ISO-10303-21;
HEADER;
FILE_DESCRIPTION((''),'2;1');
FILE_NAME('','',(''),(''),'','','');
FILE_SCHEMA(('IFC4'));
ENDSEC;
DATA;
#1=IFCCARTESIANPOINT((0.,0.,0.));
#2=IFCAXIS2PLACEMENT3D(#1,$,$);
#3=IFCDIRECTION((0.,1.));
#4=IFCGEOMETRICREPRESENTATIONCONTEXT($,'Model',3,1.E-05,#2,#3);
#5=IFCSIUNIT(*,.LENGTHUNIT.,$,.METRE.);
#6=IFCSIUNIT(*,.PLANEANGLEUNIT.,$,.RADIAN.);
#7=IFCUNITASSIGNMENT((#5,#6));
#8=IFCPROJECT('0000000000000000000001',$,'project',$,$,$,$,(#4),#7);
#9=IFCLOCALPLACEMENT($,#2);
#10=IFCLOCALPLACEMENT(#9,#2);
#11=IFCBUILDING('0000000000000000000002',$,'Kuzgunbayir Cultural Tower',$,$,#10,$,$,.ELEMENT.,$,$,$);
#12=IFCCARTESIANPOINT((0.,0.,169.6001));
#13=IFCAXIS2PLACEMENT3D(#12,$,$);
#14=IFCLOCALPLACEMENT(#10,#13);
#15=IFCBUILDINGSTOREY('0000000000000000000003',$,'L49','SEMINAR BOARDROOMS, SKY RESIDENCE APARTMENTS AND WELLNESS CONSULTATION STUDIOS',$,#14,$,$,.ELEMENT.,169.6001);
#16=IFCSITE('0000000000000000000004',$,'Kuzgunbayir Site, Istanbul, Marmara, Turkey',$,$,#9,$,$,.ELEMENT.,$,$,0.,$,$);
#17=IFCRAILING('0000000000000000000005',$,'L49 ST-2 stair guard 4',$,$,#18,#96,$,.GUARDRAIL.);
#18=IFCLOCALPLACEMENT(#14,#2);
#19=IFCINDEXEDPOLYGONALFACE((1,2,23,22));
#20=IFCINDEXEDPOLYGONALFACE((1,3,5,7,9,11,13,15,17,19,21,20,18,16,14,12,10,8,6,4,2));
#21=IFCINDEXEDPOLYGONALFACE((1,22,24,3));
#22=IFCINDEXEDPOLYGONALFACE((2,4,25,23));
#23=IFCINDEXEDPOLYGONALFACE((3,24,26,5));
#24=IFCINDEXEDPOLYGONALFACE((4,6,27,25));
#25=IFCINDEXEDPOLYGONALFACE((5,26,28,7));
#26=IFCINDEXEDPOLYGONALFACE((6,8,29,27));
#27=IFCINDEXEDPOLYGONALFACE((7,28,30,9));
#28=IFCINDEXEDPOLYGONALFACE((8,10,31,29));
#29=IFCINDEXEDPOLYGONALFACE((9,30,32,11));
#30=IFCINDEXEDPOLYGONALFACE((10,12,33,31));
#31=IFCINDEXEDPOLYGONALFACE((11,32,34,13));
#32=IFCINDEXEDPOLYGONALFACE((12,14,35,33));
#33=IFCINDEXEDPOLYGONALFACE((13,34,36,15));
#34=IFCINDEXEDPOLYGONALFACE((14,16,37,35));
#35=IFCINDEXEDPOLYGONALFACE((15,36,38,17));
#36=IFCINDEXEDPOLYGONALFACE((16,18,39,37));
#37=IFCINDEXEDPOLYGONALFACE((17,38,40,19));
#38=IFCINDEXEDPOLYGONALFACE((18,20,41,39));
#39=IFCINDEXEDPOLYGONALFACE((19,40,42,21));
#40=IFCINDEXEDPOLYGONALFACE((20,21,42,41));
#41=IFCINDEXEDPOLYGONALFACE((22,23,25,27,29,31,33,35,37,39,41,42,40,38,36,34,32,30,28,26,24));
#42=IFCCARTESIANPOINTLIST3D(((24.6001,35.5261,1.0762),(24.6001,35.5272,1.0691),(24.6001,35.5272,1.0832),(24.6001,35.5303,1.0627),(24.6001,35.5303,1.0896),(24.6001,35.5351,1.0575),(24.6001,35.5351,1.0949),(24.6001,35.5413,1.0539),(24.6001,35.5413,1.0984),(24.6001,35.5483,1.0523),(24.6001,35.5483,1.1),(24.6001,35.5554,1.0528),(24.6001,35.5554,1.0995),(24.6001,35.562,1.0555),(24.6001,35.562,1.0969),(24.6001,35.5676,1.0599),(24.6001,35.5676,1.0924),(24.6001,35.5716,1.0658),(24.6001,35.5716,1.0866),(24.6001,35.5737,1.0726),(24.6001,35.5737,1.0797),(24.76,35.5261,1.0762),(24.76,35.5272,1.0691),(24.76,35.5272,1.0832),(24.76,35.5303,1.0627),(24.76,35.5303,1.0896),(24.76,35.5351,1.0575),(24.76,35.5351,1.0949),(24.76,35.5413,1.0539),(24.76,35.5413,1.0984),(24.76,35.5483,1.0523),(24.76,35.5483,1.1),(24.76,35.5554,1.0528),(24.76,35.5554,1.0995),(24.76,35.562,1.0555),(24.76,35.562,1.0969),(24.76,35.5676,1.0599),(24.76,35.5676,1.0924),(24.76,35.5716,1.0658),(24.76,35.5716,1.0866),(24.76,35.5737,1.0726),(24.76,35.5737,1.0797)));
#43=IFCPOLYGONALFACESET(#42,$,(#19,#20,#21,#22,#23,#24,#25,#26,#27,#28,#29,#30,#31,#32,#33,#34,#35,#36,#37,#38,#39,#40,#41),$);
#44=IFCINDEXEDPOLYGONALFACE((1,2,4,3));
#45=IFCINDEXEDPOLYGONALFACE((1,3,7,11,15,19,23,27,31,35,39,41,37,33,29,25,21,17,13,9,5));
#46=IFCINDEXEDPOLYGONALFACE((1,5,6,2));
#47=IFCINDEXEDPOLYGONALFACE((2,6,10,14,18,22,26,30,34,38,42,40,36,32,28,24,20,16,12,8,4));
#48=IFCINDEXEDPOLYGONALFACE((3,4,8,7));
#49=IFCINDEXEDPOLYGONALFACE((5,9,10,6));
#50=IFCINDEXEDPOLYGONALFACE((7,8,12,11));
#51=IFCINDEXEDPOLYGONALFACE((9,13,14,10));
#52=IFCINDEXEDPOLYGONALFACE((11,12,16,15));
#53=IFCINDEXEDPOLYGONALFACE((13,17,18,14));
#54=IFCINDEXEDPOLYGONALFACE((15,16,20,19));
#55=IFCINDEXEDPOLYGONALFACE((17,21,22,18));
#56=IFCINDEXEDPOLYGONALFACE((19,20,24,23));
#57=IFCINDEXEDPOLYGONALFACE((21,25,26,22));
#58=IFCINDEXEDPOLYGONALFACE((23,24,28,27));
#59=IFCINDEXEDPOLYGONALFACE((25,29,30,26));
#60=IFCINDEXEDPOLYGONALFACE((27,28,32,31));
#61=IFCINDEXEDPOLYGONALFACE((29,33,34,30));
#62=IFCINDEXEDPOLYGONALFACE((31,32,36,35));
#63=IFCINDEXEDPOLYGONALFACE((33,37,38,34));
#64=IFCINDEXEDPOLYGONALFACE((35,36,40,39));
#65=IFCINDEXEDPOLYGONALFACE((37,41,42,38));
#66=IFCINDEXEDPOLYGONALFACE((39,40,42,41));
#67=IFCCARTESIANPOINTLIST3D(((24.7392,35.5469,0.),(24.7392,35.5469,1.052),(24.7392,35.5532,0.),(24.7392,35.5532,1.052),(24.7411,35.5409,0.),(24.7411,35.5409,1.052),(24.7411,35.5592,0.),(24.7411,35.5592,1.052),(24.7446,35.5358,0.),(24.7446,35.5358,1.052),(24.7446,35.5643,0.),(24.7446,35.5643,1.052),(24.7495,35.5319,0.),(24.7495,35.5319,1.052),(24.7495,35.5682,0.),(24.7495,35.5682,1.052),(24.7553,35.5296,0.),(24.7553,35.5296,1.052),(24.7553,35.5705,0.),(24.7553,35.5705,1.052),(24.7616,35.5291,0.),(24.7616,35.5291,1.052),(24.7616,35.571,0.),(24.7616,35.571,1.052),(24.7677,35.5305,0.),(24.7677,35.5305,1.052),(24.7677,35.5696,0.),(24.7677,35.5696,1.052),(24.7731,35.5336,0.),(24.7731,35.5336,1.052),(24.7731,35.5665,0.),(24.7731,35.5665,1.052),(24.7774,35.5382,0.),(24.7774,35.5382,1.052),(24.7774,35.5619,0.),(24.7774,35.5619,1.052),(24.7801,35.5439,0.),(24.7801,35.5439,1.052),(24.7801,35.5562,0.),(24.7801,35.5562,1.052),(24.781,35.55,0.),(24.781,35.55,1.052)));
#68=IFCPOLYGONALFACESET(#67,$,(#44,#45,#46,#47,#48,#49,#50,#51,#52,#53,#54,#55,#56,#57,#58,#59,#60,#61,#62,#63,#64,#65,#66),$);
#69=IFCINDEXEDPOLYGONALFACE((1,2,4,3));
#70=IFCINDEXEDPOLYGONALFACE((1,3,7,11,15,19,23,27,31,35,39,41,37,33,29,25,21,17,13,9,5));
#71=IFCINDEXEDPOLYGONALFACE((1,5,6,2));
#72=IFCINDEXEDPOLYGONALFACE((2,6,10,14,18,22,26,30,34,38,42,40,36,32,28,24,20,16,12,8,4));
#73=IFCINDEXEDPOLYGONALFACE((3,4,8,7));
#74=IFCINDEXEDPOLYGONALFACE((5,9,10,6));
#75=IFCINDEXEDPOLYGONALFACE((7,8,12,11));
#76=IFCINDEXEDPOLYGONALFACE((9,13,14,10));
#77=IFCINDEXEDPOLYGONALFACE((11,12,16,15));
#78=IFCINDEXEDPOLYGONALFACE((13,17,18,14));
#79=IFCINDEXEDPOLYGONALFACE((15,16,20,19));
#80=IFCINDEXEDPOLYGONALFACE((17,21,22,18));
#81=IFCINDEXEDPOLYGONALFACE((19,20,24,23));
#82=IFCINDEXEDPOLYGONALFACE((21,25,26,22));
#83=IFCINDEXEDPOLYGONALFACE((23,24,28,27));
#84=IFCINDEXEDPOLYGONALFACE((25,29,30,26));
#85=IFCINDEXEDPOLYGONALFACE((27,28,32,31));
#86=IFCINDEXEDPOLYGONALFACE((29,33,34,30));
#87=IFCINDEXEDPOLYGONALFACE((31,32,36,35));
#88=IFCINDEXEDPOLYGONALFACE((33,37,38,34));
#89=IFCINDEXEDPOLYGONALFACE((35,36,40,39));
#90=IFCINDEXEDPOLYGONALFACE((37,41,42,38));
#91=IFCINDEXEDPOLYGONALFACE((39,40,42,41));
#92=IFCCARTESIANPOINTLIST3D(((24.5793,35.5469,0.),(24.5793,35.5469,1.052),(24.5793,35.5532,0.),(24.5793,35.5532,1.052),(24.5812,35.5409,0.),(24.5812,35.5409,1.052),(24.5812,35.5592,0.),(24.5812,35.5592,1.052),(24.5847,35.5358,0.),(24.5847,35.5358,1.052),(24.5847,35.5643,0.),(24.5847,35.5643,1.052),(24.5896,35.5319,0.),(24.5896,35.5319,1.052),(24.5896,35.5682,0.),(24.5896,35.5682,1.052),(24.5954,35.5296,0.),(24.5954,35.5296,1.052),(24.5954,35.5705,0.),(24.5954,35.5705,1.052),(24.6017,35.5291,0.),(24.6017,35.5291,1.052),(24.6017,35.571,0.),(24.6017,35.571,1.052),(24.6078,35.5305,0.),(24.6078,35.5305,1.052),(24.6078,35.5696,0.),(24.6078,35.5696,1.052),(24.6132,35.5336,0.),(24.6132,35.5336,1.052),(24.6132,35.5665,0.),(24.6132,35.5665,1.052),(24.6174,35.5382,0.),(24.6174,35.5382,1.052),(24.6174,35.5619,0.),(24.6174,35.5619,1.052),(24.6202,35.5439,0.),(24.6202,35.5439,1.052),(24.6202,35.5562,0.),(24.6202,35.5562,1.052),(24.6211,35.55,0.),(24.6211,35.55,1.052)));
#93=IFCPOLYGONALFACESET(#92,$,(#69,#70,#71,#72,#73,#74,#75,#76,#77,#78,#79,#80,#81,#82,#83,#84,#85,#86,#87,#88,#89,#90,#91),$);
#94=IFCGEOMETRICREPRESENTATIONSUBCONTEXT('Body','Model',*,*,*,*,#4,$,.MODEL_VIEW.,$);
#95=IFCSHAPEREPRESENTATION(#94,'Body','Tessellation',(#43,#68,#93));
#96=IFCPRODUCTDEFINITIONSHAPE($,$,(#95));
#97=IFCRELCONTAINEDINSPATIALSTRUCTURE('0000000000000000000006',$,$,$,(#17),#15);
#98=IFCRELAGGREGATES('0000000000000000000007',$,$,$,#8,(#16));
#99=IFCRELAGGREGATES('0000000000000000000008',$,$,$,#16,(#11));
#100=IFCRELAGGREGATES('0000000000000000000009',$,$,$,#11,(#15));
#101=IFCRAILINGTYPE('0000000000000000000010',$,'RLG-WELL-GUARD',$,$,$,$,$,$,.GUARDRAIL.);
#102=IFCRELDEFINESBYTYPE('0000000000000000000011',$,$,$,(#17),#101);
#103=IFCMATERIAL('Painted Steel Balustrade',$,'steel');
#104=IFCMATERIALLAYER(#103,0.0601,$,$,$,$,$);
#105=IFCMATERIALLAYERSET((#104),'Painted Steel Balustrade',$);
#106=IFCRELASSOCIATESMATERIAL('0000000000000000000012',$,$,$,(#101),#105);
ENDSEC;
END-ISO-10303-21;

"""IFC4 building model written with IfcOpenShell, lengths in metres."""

from ifc_helpers import new_model, si_unit, direction, frame, origin, origin_2d, place, context, subcontext, project, spatial, circle, extrude, material, layer, layer_set, type_object, element, save


model = new_model("IFC4")

# Units and contexts
model_context = context("Model", 3, precision=1e-05, world=origin(), true_north=direction((0.0, 1.0)))
body_context = subcontext(model_context, "Body", "Model", "MODEL_VIEW")
ifc_project = project(units=[si_unit("LENGTHUNIT", "METRE"), si_unit("PLANEANGLEUNIT", "RADIAN")], contexts=[model_context])

# Site, building, storey
site_placement = place(None, origin())
site = spatial("IfcSite", under=ifc_project, at=site_placement, Name="Kuzgunbayir Site, Istanbul, Marmara, Turkey", CompositionType="ELEMENT", RefElevation=0.0)
building_placement = place(site_placement, origin())
building = spatial("IfcBuilding", under=site, at=building_placement, Name="Kuzgunbayir Cultural Tower", CompositionType="ELEMENT")
storey_placement = place(building_placement, frame((0.0, 0.0, 169.6001)))
storey = spatial("IfcBuildingStorey", under=building, at=storey_placement, Name="L49", Description="SEMINAR BOARDROOMS, SKY RESIDENCE APARTMENTS AND WELLNESS CONSULTATION STUDIOS", CompositionType="ELEMENT", Elevation=169.6001)

# Railing
ifc_material_1 = material(Name="Painted Steel Balustrade", Category="steel")
ifc_layer_1 = layer(ifc_material_1, 0.0601)
ifc_layer_set_1 = layer_set([ifc_layer_1], Name="Painted Steel Balustrade")
railing_type_1 = type_object("IfcRailingType", Name="RLG-WELL-GUARD", PredefinedType="GUARDRAIL", material=ifc_layer_set_1)
railing_1_placement = place(storey_placement, frame((24.76, 35.55, 0.0)))
element("IfcRailing", 1, at=railing_1_placement, inside=storey, type_object=railing_type_1, Name="L49 ST-2 stair guard 4", PredefinedType="GUARDRAIL", context=body_context, shape_type="SweptSolid", body=[
    extrude(circle(Radius=0.0239, at=origin_2d()), frame((0.0, 0.0, 1.0762), z_axis=(-1.0, 0.0, 0.0), x_axis=(0.0, -1.0, 0.0)), (0.0, 0.0, 1.0), 0.1599),
    extrude(circle(Radius=0.021, at=origin_2d()), origin(), (0.0, 0.0, 1.0), 1.052),
    extrude(circle(Radius=0.021, at=origin_2d()), frame((-0.1599, 0.0, 0.0)), (0.0, 0.0, 1.0), 1.052),
])

save(model, "model.ifc")
